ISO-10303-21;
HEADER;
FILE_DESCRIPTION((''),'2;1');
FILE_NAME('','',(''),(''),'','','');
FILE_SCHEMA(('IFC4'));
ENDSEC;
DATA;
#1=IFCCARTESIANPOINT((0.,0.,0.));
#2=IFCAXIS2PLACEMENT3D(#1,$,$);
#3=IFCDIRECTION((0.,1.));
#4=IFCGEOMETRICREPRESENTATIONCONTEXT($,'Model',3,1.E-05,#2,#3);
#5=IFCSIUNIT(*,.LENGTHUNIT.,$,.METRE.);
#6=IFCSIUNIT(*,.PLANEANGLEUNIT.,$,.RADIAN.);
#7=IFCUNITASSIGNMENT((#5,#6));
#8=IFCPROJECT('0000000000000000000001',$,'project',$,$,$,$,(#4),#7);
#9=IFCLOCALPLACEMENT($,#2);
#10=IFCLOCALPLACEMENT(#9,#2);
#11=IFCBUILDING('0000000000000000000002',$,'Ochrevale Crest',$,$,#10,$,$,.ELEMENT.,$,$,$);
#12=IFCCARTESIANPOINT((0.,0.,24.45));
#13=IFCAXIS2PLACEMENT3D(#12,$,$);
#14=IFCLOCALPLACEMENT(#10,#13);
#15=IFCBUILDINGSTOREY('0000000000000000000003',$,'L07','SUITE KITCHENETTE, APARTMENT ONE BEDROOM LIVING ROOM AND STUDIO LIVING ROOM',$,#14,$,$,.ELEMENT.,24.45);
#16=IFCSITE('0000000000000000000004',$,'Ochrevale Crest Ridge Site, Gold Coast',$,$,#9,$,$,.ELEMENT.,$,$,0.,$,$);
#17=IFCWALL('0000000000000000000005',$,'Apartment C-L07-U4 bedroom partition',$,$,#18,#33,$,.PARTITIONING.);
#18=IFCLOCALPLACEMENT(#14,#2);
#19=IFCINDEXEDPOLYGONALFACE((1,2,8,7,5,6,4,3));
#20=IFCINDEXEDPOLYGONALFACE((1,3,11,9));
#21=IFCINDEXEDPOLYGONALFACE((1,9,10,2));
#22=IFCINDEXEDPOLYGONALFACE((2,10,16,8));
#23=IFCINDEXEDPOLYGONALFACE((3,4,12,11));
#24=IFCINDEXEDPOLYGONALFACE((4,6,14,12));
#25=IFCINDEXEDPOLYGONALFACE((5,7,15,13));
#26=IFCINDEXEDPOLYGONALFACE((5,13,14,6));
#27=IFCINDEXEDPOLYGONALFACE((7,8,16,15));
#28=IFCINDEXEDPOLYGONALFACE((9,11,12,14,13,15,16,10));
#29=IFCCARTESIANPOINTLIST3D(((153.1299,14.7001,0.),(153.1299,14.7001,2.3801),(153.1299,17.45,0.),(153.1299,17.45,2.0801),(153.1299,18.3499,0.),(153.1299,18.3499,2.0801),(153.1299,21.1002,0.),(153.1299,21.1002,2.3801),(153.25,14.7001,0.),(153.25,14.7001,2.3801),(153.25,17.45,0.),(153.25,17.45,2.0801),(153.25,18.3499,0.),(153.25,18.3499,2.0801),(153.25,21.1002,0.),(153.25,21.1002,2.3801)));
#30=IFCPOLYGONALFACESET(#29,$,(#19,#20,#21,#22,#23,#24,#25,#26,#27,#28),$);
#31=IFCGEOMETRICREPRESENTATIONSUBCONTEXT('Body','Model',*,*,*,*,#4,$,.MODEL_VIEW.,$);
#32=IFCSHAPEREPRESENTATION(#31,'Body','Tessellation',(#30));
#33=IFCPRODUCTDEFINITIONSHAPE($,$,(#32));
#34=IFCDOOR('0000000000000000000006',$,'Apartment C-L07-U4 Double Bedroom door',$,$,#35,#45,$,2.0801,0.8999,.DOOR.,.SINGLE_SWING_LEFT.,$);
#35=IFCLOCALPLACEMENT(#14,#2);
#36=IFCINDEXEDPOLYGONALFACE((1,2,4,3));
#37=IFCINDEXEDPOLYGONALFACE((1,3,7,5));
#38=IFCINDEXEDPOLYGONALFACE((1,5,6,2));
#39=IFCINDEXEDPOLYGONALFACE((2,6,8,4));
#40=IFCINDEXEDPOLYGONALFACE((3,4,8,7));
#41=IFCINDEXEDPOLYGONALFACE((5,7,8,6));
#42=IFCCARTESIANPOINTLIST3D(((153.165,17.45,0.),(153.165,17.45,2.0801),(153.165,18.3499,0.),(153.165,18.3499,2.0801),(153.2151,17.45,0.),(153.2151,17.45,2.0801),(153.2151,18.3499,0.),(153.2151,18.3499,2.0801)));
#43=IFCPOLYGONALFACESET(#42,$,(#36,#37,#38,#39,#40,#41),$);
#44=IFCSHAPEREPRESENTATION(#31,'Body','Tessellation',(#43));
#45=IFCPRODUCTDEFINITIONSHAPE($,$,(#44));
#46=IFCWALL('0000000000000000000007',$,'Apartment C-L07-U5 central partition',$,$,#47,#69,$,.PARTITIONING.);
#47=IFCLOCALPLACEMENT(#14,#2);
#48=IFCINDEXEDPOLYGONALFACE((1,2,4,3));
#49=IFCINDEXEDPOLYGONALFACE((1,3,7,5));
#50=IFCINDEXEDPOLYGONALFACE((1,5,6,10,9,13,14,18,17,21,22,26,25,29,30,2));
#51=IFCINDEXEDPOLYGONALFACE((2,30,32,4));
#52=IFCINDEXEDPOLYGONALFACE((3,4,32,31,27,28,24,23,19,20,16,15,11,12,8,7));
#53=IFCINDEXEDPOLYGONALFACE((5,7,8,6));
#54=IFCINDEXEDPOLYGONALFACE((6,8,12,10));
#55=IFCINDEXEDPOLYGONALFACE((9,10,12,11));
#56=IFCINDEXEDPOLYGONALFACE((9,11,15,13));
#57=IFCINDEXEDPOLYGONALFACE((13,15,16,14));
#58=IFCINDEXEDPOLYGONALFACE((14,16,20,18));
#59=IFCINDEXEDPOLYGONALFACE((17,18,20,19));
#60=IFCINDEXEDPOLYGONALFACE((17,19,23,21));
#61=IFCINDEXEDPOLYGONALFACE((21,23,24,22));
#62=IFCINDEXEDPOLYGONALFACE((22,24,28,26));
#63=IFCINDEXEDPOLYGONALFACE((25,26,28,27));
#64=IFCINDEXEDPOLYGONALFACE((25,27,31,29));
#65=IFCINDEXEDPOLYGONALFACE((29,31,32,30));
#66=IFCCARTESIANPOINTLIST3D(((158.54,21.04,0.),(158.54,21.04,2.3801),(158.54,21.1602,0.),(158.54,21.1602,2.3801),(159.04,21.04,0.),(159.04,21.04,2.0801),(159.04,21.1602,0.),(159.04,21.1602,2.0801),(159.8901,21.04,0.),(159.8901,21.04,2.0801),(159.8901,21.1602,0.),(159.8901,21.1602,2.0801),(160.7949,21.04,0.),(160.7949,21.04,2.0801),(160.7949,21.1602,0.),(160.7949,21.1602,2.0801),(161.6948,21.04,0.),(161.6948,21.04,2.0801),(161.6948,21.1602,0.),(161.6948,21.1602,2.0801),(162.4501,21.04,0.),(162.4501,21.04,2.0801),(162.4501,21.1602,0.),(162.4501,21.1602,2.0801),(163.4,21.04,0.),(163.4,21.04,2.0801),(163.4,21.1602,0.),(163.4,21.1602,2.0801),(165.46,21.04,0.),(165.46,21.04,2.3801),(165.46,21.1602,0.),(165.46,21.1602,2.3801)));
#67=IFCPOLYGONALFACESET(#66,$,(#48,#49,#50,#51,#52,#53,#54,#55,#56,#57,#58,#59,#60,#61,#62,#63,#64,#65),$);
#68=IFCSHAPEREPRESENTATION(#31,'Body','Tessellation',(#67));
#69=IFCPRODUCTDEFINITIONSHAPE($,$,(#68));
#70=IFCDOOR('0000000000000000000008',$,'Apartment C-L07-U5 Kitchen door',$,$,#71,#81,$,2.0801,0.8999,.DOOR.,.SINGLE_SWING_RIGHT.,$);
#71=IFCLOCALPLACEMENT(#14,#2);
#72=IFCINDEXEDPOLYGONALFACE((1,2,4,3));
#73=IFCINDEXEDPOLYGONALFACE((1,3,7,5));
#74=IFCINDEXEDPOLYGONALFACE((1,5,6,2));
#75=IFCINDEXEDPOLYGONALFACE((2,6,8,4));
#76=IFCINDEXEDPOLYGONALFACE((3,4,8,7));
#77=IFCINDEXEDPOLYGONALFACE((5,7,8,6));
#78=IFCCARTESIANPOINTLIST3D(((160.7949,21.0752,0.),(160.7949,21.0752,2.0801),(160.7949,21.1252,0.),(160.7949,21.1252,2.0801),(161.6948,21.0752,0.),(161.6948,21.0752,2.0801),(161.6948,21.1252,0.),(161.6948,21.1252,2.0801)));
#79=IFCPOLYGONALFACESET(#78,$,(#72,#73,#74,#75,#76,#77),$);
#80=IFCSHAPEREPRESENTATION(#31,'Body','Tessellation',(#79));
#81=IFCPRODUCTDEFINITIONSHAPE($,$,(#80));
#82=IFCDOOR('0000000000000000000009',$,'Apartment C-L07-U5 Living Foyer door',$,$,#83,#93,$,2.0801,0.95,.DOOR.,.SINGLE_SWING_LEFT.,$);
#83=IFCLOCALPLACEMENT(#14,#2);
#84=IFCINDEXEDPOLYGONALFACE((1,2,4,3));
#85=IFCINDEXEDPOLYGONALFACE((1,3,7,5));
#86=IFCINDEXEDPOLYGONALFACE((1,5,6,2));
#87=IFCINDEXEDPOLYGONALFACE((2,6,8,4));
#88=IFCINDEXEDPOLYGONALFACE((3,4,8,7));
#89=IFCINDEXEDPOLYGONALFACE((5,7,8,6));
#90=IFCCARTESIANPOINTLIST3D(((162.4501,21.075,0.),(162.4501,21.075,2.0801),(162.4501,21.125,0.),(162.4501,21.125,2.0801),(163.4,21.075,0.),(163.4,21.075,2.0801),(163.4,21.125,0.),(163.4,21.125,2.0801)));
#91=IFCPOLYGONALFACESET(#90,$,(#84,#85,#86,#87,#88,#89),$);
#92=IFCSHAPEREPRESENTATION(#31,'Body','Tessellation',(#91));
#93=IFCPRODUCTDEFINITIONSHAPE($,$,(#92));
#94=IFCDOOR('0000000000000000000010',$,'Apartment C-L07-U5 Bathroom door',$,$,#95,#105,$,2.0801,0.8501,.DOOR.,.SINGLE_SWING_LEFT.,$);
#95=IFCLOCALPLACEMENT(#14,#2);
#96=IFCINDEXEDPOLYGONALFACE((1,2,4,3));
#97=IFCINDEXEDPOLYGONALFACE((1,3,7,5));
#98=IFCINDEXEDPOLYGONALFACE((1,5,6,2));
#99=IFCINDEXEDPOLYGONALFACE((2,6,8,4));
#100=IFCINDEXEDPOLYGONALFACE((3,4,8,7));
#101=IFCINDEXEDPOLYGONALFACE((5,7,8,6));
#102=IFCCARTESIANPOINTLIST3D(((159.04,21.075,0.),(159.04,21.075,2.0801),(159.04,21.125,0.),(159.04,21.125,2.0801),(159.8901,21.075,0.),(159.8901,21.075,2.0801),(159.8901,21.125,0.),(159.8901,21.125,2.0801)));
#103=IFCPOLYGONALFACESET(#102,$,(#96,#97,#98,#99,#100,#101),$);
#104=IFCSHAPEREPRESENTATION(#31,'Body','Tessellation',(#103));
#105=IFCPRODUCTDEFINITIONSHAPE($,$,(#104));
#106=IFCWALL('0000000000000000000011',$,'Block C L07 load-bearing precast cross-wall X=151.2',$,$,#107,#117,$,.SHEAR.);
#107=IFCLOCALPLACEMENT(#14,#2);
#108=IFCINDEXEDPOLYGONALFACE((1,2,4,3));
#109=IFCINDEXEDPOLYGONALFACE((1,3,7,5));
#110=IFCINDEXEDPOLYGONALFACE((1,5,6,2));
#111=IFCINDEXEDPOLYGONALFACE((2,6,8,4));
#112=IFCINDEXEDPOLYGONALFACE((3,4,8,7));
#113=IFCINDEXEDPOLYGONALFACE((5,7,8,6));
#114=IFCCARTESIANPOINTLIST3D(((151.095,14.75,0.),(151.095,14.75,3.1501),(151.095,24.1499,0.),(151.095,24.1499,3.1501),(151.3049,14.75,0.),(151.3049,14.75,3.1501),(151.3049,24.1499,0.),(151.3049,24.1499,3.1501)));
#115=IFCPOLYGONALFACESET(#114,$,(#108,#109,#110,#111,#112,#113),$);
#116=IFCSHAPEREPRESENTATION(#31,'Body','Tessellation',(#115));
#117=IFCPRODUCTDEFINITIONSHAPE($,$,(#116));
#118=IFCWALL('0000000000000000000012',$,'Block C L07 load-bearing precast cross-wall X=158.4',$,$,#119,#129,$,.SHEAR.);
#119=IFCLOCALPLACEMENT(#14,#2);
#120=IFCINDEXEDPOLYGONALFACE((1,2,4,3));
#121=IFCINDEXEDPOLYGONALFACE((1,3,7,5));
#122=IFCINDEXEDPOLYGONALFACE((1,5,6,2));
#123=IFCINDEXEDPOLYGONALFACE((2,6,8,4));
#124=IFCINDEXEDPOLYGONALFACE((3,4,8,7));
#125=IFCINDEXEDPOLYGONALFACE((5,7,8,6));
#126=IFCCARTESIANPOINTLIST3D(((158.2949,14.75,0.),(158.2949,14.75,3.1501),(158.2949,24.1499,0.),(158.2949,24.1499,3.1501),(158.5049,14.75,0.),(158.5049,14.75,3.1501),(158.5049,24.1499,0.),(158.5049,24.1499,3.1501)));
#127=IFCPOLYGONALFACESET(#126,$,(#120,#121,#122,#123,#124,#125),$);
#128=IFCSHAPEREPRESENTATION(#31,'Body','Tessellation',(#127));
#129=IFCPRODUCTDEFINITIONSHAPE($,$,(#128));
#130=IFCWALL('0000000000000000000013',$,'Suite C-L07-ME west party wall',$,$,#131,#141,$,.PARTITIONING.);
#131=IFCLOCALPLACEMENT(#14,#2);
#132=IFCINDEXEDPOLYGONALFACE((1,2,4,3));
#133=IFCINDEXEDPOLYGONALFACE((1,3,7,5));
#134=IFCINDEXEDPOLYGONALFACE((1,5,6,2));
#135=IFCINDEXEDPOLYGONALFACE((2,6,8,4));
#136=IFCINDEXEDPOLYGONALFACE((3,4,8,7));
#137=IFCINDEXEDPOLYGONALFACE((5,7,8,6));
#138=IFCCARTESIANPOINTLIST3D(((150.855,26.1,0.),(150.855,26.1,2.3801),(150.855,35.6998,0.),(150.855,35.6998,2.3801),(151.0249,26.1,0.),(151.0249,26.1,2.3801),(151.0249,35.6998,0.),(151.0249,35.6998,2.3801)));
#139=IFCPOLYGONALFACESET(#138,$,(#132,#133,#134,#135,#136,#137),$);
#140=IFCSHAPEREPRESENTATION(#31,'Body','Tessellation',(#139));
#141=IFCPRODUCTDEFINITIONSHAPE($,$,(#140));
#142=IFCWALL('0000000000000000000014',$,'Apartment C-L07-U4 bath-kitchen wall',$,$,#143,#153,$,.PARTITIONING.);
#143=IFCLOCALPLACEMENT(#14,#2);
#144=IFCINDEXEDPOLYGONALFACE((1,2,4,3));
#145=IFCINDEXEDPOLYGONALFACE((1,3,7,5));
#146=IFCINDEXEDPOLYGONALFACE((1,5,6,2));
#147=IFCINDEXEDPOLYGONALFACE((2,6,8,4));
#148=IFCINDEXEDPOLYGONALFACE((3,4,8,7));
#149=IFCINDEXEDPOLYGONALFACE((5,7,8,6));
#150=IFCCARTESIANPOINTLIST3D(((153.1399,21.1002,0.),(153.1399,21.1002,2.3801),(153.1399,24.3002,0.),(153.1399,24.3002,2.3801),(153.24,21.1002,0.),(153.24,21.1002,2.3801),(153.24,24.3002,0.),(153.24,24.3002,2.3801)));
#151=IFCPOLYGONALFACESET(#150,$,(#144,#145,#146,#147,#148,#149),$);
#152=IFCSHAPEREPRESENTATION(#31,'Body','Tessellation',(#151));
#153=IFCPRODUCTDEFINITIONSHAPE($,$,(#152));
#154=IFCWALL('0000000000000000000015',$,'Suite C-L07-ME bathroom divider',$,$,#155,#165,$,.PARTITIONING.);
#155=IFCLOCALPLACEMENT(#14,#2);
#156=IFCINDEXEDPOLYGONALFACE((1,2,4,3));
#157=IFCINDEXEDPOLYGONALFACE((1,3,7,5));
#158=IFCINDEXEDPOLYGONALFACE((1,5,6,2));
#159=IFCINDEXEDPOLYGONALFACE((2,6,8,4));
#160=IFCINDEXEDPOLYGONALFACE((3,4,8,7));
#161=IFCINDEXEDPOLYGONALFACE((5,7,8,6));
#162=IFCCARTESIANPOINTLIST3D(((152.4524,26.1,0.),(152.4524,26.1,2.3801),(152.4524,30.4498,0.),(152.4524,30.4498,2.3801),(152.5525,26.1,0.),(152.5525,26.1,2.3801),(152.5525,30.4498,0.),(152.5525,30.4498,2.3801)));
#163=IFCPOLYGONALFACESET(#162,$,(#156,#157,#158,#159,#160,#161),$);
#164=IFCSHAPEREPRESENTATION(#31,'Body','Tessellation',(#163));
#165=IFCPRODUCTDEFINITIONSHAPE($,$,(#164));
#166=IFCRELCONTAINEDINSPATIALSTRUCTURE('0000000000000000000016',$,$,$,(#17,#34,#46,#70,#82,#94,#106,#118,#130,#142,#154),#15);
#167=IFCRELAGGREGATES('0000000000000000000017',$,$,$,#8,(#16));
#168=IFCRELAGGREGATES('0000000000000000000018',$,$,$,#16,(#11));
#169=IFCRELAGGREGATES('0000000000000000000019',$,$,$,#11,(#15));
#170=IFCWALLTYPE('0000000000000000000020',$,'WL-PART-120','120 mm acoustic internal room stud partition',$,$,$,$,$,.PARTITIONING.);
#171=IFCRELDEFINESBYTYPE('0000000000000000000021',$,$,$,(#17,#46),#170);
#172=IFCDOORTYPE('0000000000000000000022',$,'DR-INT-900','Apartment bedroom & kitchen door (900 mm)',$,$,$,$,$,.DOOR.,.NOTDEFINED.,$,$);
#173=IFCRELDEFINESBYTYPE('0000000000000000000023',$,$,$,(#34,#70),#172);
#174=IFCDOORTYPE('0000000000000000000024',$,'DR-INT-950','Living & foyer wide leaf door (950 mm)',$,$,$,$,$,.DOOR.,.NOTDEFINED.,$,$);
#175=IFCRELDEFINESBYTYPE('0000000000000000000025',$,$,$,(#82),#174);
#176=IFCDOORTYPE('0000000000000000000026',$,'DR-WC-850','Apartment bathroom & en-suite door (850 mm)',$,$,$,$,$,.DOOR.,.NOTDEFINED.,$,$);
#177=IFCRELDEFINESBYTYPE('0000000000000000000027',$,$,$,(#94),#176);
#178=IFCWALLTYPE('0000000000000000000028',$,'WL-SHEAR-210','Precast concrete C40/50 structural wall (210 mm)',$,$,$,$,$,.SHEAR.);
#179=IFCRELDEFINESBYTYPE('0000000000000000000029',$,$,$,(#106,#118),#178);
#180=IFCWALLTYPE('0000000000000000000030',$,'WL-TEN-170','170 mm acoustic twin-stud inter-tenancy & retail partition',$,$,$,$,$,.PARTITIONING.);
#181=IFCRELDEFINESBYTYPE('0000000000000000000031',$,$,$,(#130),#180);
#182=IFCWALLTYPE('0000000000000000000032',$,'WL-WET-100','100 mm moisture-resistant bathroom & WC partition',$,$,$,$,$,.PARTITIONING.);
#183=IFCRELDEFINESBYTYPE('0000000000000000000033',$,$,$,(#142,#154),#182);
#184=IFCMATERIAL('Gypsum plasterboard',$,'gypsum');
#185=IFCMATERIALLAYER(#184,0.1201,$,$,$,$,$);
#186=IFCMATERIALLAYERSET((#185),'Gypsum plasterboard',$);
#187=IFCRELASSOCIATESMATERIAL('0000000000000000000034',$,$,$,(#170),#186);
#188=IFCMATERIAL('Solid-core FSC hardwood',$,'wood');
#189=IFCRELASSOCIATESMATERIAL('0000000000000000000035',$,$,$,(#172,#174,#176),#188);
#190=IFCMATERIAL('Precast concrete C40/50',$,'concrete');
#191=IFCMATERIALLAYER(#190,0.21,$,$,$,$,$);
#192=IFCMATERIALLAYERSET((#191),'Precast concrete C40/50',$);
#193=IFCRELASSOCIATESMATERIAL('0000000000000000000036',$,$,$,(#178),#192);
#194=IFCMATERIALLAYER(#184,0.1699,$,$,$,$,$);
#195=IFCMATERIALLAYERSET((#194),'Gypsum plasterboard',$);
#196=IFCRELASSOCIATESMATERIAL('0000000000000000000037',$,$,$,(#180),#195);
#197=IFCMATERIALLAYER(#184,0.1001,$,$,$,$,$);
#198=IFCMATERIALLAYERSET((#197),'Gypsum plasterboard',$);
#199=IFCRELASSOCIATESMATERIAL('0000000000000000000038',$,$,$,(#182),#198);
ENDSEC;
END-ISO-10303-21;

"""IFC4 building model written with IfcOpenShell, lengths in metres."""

from ifc_helpers import new_model, si_unit, direction, frame, frame_2d, origin, place, context, subcontext, project, spatial, rectangle, extrude, material, layer, layer_set, type_object, element, fill, save


model = new_model("IFC4")

# Units and contexts
model_context = context("Model", 3, precision=1e-05, world=origin(), true_north=direction((0.0, 1.0)))
body_context = subcontext(model_context, "Body", "Model", "MODEL_VIEW")
ifc_project = project(units=[si_unit("LENGTHUNIT", "METRE"), si_unit("PLANEANGLEUNIT", "RADIAN")], contexts=[model_context])

# Site, building, storey
site_placement = place(None, origin())
site = spatial("IfcSite", under=ifc_project, at=site_placement, Name="Ochrevale Crest Ridge Site, Gold Coast", CompositionType="ELEMENT", RefElevation=0.0)
building_placement = place(site_placement, origin())
building = spatial("IfcBuilding", under=site, at=building_placement, Name="Ochrevale Crest", CompositionType="ELEMENT")
storey_placement = place(building_placement, frame((0.0, 0.0, 24.45)))
storey = spatial("IfcBuildingStorey", under=building, at=storey_placement, Name="L07", Description="SUITE KITCHENETTE, APARTMENT ONE BEDROOM LIVING ROOM AND STUDIO LIVING ROOM", CompositionType="ELEMENT", Elevation=24.45)

# Shared definitions
ifc_material_1 = material(Name="Gypsum plasterboard", Category="gypsum")
ifc_material_2 = material(Name="Solid-core FSC hardwood", Category="wood")

# Shared definitions
ifc_layer_1 = layer(ifc_material_1, 0.1201)
ifc_layer_set_1 = layer_set([ifc_layer_1], Name="Gypsum plasterboard")
wall_type_1 = type_object("IfcWallType", Name="WL-PART-120", Description="120 mm acoustic internal room stud partition", PredefinedType="PARTITIONING", material=ifc_layer_set_1)

# Shared definitions
door_type_1 = type_object("IfcDoorType", Name="DR-INT-900", Description="Apartment bedroom & kitchen door (900 mm)", OperationType="NOTDEFINED", PredefinedType="DOOR", material=ifc_material_2)
door_type_2 = type_object("IfcDoorType", Name="DR-INT-950", Description="Living & foyer wide leaf door (950 mm)", OperationType="NOTDEFINED", PredefinedType="DOOR", material=ifc_material_2)
door_type_3 = type_object("IfcDoorType", Name="DR-WC-850", Description="Apartment bathroom & en-suite door (850 mm)", OperationType="NOTDEFINED", PredefinedType="DOOR", material=ifc_material_2)

# Wall, opening, door
wall_1_placement = place(storey_placement, frame((153.1899, 14.7, 0.0), z_axis=(0.0, 0.0, 1.0), x_axis=(0.0, 1.0, 0.0)))
wall_1 = element("IfcWall", 1, at=wall_1_placement, inside=storey, type_object=wall_type_1, Name="Apartment C-L07-U4 bedroom partition", PredefinedType="PARTITIONING", context=body_context, shape_type="SweptSolid", body=[
    extrude(rectangle(XDim=6.4001, YDim=0.1201, at=frame_2d((3.2002, 0.0))), origin(), (0.0, 0.0, 1.0), 2.3801),
])
opening_1_placement = place(wall_1_placement, frame((2.75, 0.0, 0.0)))
opening_1 = element("IfcOpeningElement", 2, at=opening_1_placement, cuts=wall_1, PredefinedType="OPENING", context=body_context, shape_type="SweptSolid", body=[
    extrude(rectangle(XDim=0.8999, YDim=2.0801, at=frame_2d((0.45, 1.04))), frame((0.0, 0.0701, 0.0), z_axis=(0.0, -1.0, 0.0), x_axis=(1.0, 0.0, 0.0)), (0.0, 0.0, 1.0), 0.1401),
])
door_1_placement = place(opening_1_placement, origin())
door_1 = element("IfcDoor", 3, at=door_1_placement, inside=storey, type_object=door_type_1, Name="Apartment C-L07-U4 Double Bedroom door", OperationType="SINGLE_SWING_LEFT", OverallHeight=2.0801, OverallWidth=0.8999, PredefinedType="DOOR", context=body_context, shape_type="SweptSolid", body=[
    extrude(rectangle(XDim=0.8999, YDim=2.0801, at=frame_2d((0.45, 1.04))), frame((0.0, 0.0249, 0.0), z_axis=(0.0, -1.0, 0.0), x_axis=(1.0, 0.0, 0.0)), (0.0, 0.0, 1.0), 0.05),
])
fill(opening_1, door_1)

# Wall, openings, doors
wall_2_placement = place(storey_placement, frame((158.54, 21.1001, 0.0), z_axis=(0.0, 0.0, 1.0), x_axis=(1.0, 0.0, 0.0)))
wall_2 = element("IfcWall", 4, at=wall_2_placement, inside=storey, type_object=wall_type_1, Name="Apartment C-L07-U5 central partition", PredefinedType="PARTITIONING", context=body_context, shape_type="SweptSolid", body=[
    extrude(rectangle(XDim=6.9199, YDim=0.1201, at=frame_2d((3.46, 0.0))), origin(), (0.0, 0.0, 1.0), 2.3801),
])
opening_2_placement = place(wall_2_placement, frame((0.5, 0.0, 0.0)))
opening_2 = element("IfcOpeningElement", 5, at=opening_2_placement, cuts=wall_2, PredefinedType="OPENING", context=body_context, shape_type="SweptSolid", body=[
    extrude(rectangle(XDim=0.8501, YDim=2.0801, at=frame_2d((0.425, 1.04))), frame((0.0, 0.0701, 0.0), z_axis=(0.0, -1.0, 0.0), x_axis=(1.0, 0.0, 0.0)), (0.0, 0.0, 1.0), 0.1401),
])
opening_3_placement = place(wall_2_placement, frame((3.1548, 0.0, 0.0), z_axis=(0.0, 0.0, 1.0), x_axis=(-1.0, 0.0, 0.0)))
opening_3 = element("IfcOpeningElement", 6, at=opening_3_placement, cuts=wall_2, PredefinedType="OPENING", context=body_context, shape_type="SweptSolid", body=[
    extrude(rectangle(XDim=0.8999, YDim=2.0801, at=frame_2d((0.45, 1.04))), frame((0.0, 0.0701, 0.0), z_axis=(0.0, -1.0, 0.0), x_axis=(1.0, 0.0, 0.0)), (0.0, 0.0, 1.0), 0.1401),
])
opening_4_placement = place(wall_2_placement, frame((3.9099, 0.0, 0.0)))
opening_4 = element("IfcOpeningElement", 7, at=opening_4_placement, cuts=wall_2, PredefinedType="OPENING", context=body_context, shape_type="SweptSolid", body=[
    extrude(rectangle(XDim=0.95, YDim=2.0801, at=frame_2d((0.4751, 1.04))), frame((0.0, 0.0701, 0.0), z_axis=(0.0, -1.0, 0.0), x_axis=(1.0, 0.0, 0.0)), (0.0, 0.0, 1.0), 0.1401),
])
door_2_placement = place(opening_3_placement, origin())
door_2 = element("IfcDoor", 8, at=door_2_placement, inside=storey, type_object=door_type_1, Name="Apartment C-L07-U5 Kitchen door", OperationType="SINGLE_SWING_RIGHT", OverallHeight=2.0801, OverallWidth=0.8999, PredefinedType="DOOR", context=body_context, shape_type="SweptSolid", body=[
    extrude(rectangle(XDim=0.8999, YDim=2.0801, at=frame_2d((0.45, 1.04))), frame((0.0, 0.0249, 0.0), z_axis=(0.0, -1.0, 0.0), x_axis=(1.0, 0.0, 0.0)), (0.0, 0.0, 1.0), 0.05),
])
fill(opening_3, door_2)
door_3_placement = place(opening_4_placement, origin())
door_3 = element("IfcDoor", 9, at=door_3_placement, inside=storey, type_object=door_type_2, Name="Apartment C-L07-U5 Living Foyer door", OperationType="SINGLE_SWING_LEFT", OverallHeight=2.0801, OverallWidth=0.95, PredefinedType="DOOR", context=body_context, shape_type="SweptSolid", body=[
    extrude(rectangle(XDim=0.95, YDim=2.0801, at=frame_2d((0.4751, 1.04))), frame((0.0, 0.0249, 0.0), z_axis=(0.0, -1.0, 0.0), x_axis=(1.0, 0.0, 0.0)), (0.0, 0.0, 1.0), 0.05),
])
fill(opening_4, door_3)
door_4_placement = place(opening_2_placement, origin())
door_4 = element("IfcDoor", 10, at=door_4_placement, inside=storey, type_object=door_type_3, Name="Apartment C-L07-U5 Bathroom door", OperationType="SINGLE_SWING_LEFT", OverallHeight=2.0801, OverallWidth=0.8501, PredefinedType="DOOR", context=body_context, shape_type="SweptSolid", body=[
    extrude(rectangle(XDim=0.8501, YDim=2.0801, at=frame_2d((0.425, 1.04))), frame((0.0, 0.0249, 0.0), z_axis=(0.0, -1.0, 0.0), x_axis=(1.0, 0.0, 0.0)), (0.0, 0.0, 1.0), 0.05),
])
fill(opening_2, door_4)

# Walls
ifc_material_3 = material(Name="Precast concrete C40/50", Category="concrete")
ifc_layer_2 = layer(ifc_material_3, 0.21)
ifc_layer_set_2 = layer_set([ifc_layer_2], Name="Precast concrete C40/50")
wall_type_2 = type_object("IfcWallType", Name="WL-SHEAR-210", Description="Precast concrete C40/50 structural wall (210 mm)", PredefinedType="SHEAR", material=ifc_layer_set_2)
for number, where, z_axis, x_axis, name in (
    (11, (151.2, 14.75, 0.0), (0.0, 0.0, 1.0), (0.0, 1.0, 0.0), "Block C L07 load-bearing precast cross-wall X=151.2"),
    (12, (158.3999, 14.75, 0.0), (0.0, 0.0, 1.0), (0.0, 1.0, 0.0), "Block C L07 load-bearing precast cross-wall X=158.4"),
):
    element("IfcWall", number, at=place(storey_placement, frame(where, z_axis=z_axis, x_axis=x_axis)), inside=storey, type_object=wall_type_2, Name=name, PredefinedType="SHEAR", context=body_context, shape_type="SweptSolid", body=[
        extrude(rectangle(XDim=9.3999, YDim=0.21, at=frame_2d((4.7, 0.0))), origin(), (0.0, 0.0, 1.0), 3.1501),
    ])
ifc_layer_3 = layer(ifc_material_1, 0.1699)
ifc_layer_set_3 = layer_set([ifc_layer_3], Name="Gypsum plasterboard")
wall_type_3 = type_object("IfcWallType", Name="WL-TEN-170", Description="170 mm acoustic twin-stud inter-tenancy & retail partition", PredefinedType="PARTITIONING", material=ifc_layer_set_3)
wall_3_placement = place(storey_placement, frame((150.9399, 26.1001, 0.0), z_axis=(0.0, 0.0, 1.0), x_axis=(0.0, 1.0, 0.0)))
element("IfcWall", 13, at=wall_3_placement, inside=storey, type_object=wall_type_3, Name="Suite C-L07-ME west party wall", PredefinedType="PARTITIONING", context=body_context, shape_type="SweptSolid", body=[
    extrude(rectangle(XDim=9.5999, YDim=0.1699, at=frame_2d((4.7998, 0.0))), origin(), (0.0, 0.0, 1.0), 2.3801),
])
ifc_layer_4 = layer(ifc_material_1, 0.1001)
ifc_layer_set_4 = layer_set([ifc_layer_4], Name="Gypsum plasterboard")
wall_type_4 = type_object("IfcWallType", Name="WL-WET-100", Description="100 mm moisture-resistant bathroom & WC partition", PredefinedType="PARTITIONING", material=ifc_layer_set_4)
wall_4_placement = place(storey_placement, frame((153.1899, 21.1001, 0.0), z_axis=(0.0, 0.0, 1.0), x_axis=(0.0, 1.0, 0.0)))
element("IfcWall", 14, at=wall_4_placement, inside=storey, type_object=wall_type_4, Name="Apartment C-L07-U4 bath-kitchen wall", PredefinedType="PARTITIONING", context=body_context, shape_type="SweptSolid", body=[
    extrude(rectangle(XDim=3.2, YDim=0.1001, at=frame_2d((1.6001, 0.0))), origin(), (0.0, 0.0, 1.0), 2.3801),
])
wall_5_placement = place(storey_placement, frame((152.5024, 26.1001, 0.0), z_axis=(0.0, 0.0, 1.0), x_axis=(0.0, 1.0, 0.0)))
element("IfcWall", 15, at=wall_5_placement, inside=storey, type_object=wall_type_4, Name="Suite C-L07-ME bathroom divider", PredefinedType="PARTITIONING", context=body_context, shape_type="SweptSolid", body=[
    extrude(rectangle(XDim=4.3499, YDim=0.1001, at=frame_2d((2.1748, 0.0))), origin(), (0.0, 0.0, 1.0), 2.3801),
])

save(model, "model.ifc")
